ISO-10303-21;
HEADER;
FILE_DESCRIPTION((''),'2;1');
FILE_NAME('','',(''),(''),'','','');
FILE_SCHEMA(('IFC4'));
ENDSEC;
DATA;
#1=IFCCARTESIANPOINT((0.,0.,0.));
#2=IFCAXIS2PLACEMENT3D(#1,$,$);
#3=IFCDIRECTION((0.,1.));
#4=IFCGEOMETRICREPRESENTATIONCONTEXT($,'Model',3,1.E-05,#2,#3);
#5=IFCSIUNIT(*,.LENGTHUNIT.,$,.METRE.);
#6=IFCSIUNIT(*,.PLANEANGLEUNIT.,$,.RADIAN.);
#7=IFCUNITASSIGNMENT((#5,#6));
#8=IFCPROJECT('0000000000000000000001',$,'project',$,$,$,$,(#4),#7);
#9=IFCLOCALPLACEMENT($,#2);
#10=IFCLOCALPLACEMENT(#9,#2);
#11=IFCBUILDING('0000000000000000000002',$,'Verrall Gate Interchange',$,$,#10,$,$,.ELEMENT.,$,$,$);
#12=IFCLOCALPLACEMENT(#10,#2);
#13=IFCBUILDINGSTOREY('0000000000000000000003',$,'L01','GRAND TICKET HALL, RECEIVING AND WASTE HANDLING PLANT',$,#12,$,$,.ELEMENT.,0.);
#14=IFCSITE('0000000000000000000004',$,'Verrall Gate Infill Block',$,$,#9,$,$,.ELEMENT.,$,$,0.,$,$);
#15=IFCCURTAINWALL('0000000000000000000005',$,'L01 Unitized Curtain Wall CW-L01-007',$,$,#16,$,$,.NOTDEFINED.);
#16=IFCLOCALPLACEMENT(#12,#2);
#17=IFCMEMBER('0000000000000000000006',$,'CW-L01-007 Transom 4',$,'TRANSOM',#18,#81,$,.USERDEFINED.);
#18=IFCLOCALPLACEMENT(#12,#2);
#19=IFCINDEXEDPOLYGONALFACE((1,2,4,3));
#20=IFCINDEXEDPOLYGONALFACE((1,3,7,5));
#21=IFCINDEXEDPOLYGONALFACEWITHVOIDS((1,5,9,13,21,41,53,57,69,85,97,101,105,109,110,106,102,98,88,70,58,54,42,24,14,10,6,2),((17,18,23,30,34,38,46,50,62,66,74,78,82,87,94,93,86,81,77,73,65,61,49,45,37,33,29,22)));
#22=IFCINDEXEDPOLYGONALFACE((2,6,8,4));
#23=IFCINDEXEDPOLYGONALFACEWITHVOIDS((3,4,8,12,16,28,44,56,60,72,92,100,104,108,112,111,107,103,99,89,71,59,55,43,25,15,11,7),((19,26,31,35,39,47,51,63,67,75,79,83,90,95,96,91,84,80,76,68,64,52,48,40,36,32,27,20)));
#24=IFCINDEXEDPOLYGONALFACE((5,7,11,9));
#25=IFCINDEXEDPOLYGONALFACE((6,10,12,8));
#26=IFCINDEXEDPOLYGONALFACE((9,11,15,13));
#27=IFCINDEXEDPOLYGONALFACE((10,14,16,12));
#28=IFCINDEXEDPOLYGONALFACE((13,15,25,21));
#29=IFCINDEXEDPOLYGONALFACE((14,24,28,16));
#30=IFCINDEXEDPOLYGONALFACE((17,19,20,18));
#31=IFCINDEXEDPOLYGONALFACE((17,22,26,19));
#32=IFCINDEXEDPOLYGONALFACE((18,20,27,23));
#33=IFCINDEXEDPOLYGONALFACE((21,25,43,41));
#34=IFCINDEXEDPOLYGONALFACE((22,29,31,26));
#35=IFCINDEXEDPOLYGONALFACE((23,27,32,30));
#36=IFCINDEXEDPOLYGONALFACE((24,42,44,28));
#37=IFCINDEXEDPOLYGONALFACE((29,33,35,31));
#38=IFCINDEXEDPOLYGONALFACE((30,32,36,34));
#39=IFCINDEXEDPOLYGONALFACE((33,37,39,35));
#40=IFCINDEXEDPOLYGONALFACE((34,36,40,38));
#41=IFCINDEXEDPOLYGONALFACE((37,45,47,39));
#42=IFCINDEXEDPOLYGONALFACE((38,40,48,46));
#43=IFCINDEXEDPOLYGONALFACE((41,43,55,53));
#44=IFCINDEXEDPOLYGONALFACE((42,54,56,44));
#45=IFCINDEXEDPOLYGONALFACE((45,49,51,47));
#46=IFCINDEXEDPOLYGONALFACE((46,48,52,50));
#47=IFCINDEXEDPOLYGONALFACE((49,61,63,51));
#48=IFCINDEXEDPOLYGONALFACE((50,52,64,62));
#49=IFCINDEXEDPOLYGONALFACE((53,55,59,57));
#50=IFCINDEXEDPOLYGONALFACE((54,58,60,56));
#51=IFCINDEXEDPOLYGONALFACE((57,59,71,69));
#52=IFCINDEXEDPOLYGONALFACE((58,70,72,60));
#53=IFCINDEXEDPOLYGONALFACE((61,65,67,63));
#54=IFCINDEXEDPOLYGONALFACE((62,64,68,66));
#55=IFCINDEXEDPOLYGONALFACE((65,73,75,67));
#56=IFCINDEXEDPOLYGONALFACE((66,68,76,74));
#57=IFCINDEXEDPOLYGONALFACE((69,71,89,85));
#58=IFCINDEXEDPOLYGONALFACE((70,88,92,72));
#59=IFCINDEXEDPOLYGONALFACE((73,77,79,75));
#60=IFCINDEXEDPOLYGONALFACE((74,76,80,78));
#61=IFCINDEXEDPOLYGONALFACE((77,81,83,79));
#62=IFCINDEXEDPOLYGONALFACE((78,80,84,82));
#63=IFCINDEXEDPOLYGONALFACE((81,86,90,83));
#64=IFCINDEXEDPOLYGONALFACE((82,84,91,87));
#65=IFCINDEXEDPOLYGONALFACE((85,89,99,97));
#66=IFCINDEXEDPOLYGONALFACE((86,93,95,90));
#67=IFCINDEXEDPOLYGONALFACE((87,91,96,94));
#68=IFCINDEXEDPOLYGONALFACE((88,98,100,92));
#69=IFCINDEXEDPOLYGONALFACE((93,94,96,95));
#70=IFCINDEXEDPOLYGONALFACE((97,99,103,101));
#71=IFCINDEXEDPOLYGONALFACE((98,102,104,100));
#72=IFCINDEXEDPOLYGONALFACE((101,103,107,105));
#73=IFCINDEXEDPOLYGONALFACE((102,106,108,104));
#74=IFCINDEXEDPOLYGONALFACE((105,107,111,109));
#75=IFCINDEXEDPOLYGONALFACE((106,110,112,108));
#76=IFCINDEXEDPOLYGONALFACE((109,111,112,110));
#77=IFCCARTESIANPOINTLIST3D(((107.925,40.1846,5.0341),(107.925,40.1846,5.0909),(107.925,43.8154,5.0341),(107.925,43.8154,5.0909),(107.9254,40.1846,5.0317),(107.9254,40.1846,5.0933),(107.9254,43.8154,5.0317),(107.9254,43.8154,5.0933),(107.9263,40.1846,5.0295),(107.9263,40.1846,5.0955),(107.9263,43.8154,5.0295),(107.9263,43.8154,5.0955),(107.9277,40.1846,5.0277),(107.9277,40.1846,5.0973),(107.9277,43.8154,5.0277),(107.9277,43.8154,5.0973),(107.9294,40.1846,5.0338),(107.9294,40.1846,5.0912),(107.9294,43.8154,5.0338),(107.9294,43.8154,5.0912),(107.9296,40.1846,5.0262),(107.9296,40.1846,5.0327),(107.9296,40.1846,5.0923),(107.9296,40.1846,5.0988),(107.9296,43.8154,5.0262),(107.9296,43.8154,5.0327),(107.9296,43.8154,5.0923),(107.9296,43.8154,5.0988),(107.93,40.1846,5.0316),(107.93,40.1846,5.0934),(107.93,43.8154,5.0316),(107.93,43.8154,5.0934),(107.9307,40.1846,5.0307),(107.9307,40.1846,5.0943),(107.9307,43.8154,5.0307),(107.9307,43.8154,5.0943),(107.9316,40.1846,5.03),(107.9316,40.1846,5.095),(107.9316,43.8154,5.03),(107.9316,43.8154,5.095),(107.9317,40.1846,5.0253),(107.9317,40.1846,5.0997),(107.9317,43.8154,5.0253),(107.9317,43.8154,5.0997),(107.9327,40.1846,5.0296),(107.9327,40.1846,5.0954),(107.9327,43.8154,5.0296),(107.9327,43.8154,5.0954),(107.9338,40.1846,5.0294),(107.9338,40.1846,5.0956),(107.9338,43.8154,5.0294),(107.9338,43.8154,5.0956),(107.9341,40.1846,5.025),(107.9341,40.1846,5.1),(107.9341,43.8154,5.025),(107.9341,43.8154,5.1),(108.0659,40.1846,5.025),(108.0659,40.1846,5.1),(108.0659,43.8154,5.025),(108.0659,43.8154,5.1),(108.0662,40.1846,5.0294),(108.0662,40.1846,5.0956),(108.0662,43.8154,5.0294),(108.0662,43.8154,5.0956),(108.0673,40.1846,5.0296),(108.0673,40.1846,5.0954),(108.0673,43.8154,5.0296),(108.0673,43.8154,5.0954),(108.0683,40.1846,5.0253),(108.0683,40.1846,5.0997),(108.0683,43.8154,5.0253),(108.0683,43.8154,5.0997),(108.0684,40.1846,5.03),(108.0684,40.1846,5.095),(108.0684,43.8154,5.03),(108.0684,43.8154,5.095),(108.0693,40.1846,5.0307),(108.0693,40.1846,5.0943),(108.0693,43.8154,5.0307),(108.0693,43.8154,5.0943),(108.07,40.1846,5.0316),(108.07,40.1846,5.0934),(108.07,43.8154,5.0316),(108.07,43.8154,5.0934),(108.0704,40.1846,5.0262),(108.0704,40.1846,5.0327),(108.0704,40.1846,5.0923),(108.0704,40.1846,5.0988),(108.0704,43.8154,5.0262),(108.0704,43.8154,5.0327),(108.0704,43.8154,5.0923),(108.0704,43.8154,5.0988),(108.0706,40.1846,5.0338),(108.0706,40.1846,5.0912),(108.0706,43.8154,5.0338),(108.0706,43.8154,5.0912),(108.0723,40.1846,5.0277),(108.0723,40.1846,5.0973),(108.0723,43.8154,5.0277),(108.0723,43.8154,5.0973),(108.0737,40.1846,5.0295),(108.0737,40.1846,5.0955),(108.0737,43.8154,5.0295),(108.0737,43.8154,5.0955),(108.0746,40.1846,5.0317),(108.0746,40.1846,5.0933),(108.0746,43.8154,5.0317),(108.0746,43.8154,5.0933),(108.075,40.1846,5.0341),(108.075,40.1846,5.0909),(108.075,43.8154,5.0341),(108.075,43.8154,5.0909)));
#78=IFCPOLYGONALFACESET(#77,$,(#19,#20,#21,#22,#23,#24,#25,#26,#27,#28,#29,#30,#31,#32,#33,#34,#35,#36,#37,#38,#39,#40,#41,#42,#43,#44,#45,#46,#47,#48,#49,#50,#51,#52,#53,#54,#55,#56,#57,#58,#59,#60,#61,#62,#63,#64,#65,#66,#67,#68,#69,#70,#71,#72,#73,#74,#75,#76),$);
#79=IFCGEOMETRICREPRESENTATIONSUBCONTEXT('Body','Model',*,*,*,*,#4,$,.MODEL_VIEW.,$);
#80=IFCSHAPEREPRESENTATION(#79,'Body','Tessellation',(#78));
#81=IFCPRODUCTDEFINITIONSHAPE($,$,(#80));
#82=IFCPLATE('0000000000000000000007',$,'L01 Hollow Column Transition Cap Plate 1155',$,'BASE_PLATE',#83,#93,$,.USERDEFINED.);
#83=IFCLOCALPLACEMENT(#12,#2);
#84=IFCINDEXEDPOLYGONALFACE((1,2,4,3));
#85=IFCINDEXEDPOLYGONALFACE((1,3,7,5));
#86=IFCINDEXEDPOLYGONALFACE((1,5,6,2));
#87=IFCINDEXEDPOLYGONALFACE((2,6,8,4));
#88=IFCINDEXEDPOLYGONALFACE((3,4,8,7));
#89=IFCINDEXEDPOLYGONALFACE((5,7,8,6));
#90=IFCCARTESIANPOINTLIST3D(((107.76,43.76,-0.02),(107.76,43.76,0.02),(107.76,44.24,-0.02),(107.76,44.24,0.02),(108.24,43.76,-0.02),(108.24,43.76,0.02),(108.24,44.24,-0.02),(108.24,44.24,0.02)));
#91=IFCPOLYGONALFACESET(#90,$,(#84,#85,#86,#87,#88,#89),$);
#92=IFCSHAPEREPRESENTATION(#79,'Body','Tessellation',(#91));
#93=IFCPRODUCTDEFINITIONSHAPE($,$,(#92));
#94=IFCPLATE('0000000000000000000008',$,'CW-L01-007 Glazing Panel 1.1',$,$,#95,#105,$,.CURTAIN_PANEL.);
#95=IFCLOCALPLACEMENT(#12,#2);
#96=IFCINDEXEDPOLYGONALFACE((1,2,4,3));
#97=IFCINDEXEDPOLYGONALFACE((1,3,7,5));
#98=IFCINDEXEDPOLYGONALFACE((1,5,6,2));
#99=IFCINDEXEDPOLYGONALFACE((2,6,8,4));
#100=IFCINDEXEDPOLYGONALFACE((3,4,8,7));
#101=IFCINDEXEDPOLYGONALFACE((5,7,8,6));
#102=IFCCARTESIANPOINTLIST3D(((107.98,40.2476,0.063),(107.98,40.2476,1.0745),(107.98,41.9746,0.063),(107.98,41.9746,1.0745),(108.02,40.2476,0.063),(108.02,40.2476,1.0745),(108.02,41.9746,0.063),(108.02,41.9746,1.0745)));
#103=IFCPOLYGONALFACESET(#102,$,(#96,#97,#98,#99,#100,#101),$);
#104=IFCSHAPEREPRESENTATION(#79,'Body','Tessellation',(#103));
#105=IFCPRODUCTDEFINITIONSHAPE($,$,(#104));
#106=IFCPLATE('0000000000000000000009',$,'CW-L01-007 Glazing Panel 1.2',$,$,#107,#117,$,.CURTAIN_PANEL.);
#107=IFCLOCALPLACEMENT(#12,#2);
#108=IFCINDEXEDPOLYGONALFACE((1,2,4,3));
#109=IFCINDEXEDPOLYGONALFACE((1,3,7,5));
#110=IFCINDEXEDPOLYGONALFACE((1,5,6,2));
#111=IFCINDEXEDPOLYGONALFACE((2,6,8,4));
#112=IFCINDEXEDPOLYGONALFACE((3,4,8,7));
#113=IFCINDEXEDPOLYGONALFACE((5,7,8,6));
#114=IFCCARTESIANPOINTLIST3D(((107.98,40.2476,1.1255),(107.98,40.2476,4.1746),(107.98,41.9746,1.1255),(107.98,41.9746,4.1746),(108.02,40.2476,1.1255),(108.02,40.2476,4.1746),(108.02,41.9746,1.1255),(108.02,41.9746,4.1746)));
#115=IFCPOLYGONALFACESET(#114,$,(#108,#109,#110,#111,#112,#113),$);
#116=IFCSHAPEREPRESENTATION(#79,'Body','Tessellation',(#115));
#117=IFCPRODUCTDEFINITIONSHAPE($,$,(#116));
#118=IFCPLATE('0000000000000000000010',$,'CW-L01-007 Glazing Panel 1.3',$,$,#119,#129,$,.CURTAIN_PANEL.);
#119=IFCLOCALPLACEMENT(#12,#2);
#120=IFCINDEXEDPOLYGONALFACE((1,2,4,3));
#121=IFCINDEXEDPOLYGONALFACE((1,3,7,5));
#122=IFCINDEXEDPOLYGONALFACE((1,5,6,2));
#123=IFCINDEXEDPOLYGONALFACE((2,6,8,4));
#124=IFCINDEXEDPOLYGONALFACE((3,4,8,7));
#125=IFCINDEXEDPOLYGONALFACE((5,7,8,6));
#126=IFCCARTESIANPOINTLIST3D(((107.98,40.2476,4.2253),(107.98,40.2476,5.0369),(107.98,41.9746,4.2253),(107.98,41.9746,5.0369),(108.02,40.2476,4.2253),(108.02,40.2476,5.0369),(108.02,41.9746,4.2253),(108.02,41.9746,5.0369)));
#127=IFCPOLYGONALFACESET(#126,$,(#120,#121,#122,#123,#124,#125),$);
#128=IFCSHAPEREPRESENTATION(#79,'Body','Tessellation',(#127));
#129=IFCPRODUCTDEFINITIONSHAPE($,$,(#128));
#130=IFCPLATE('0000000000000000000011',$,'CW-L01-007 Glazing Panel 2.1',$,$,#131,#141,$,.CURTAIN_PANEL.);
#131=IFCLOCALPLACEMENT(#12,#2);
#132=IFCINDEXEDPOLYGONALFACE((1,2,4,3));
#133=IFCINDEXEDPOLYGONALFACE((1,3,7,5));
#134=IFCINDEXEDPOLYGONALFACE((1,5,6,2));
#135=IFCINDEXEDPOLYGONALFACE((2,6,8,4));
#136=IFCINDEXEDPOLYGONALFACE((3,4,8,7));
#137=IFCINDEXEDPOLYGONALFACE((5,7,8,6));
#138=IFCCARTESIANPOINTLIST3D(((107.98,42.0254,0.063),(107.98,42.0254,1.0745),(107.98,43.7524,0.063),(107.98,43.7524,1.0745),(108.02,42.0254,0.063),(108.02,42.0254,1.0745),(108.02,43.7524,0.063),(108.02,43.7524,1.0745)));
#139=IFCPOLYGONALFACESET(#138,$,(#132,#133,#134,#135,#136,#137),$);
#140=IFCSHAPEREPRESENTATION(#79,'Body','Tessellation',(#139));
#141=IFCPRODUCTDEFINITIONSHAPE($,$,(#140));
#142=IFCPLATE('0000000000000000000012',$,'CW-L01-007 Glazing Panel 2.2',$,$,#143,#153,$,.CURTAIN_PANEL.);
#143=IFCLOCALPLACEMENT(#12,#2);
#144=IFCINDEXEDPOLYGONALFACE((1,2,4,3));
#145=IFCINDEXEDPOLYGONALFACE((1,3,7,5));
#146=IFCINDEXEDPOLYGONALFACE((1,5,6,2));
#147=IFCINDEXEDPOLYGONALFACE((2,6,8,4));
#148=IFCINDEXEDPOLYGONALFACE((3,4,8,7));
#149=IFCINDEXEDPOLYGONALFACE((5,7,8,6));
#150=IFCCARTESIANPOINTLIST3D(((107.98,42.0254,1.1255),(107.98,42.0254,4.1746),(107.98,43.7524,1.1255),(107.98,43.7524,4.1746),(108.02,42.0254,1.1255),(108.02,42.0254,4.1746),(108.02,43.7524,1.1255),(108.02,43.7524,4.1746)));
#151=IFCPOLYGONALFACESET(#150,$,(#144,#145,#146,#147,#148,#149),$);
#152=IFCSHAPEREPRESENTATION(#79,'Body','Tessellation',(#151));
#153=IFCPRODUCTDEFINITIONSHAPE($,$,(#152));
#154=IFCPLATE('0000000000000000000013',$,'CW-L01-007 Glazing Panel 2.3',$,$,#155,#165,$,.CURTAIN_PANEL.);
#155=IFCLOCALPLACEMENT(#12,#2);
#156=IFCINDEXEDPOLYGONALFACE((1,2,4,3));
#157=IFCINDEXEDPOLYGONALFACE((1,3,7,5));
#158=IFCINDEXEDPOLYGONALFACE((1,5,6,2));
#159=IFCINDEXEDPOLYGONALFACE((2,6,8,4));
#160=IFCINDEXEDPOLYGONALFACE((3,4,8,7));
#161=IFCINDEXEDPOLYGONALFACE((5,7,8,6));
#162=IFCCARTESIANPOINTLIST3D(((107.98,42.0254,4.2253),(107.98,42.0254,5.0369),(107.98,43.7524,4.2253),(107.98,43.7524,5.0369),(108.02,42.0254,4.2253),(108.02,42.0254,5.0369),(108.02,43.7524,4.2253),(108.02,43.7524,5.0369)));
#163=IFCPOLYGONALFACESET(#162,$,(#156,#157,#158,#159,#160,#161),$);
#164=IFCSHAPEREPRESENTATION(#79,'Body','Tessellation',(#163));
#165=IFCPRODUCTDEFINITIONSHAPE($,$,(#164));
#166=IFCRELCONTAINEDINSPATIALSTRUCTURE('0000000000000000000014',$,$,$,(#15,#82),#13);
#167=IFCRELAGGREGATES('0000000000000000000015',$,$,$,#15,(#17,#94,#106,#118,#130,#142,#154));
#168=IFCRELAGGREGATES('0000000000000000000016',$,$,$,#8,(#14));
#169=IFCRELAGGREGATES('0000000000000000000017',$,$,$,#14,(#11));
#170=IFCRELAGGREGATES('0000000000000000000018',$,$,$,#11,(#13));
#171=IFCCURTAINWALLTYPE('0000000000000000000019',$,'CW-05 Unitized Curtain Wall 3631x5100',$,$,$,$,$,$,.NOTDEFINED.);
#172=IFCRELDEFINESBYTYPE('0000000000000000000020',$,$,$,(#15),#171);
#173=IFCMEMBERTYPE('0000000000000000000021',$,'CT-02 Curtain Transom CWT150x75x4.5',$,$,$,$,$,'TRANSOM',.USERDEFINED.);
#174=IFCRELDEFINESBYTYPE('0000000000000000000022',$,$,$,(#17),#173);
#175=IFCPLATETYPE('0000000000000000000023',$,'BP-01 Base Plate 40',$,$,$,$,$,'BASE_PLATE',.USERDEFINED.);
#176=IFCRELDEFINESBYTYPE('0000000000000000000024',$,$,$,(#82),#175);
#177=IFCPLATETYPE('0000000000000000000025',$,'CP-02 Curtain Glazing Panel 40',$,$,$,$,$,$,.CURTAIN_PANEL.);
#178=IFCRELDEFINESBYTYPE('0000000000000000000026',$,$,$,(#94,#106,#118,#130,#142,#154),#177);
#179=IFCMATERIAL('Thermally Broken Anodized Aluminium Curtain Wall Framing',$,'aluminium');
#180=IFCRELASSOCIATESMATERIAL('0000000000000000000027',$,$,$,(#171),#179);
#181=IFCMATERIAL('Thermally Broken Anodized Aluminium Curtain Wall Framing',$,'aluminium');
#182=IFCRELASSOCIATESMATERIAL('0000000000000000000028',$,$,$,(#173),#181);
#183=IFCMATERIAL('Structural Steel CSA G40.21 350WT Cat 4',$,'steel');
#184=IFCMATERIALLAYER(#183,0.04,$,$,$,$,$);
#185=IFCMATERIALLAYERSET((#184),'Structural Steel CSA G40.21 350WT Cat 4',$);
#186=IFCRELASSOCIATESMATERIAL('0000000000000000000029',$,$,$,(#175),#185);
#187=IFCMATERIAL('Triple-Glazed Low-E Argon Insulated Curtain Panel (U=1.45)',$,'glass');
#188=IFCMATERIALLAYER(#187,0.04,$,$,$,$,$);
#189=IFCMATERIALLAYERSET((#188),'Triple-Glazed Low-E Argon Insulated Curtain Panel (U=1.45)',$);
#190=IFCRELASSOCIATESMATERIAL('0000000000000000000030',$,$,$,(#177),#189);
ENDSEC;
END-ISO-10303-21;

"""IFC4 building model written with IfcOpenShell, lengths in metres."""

from ifc_helpers import new_model, si_unit, direction, frame, origin, origin_2d, place, context, subcontext, project, spatial, rectangle, hollow_rectangle, extrude, material, layer, layer_set, material_profile, profile_set, type_object, element, aggregate, save


model = new_model("IFC4")

# Units and contexts
model_context = context("Model", 3, precision=1e-05, world=origin(), true_north=direction((0.0, 1.0)))
body_context = subcontext(model_context, "Body", "Model", "MODEL_VIEW")
ifc_project = project(units=[si_unit("LENGTHUNIT", "METRE"), si_unit("PLANEANGLEUNIT", "RADIAN")], contexts=[model_context])

# Site, building, storey
site_placement = place(None, origin())
site = spatial("IfcSite", under=ifc_project, at=site_placement, Name="Verrall Gate Infill Block", CompositionType="ELEMENT", RefElevation=0.0)
building_placement = place(site_placement, origin())
building = spatial("IfcBuilding", under=site, at=building_placement, Name="Verrall Gate Interchange", CompositionType="ELEMENT")
storey_placement = place(building_placement, origin())
storey = spatial("IfcBuildingStorey", under=building, at=storey_placement, Name="L01", Description="GRAND TICKET HALL, RECEIVING AND WASTE HANDLING PLANT", CompositionType="ELEMENT", Elevation=0.0)

# Curtain wall, member
ifc_material_1 = material(Name="Thermally Broken Anodized Aluminium Curtain Wall Framing", Category="aluminium")
curtain_wall_type = type_object("IfcCurtainWallType", Name="CW-05 Unitized Curtain Wall 3631x5100", PredefinedType="NOTDEFINED", material=ifc_material_1)
curtain_wall_placement = place(storey_placement, origin())
curtain_wall = element("IfcCurtainWall", 1, at=curtain_wall_placement, inside=storey, type_object=curtain_wall_type, Name="L01 Unitized Curtain Wall CW-L01-007", PredefinedType="NOTDEFINED")
ifc_material_2 = material(Name="Thermally Broken Anodized Aluminium Curtain Wall Framing", Category="aluminium")
ifc_material_profile_1 = material_profile(ifc_material_2, hollow_rectangle(XDim=0.1499, YDim=0.075, WallThickness=0.0044, InnerFilletRadius=0.0044, OuterFilletRadius=0.009, at=origin_2d()), Name="CWT150x75x4.5")
ifc_profile_set_1 = profile_set([ifc_material_profile_1], Name="Thermally Broken Anodized Aluminium Curtain Wall Framing")
member_type_1 = type_object("IfcMemberType", Name="CT-02 Curtain Transom CWT150x75x4.5", ElementType="TRANSOM", PredefinedType="USERDEFINED", material=ifc_profile_set_1)
member_1_placement = place(storey_placement, frame((108.0, 40.1846, 5.0625), z_axis=(0.0, 1.0, 0.0), x_axis=(-1.0, 0.0, 0.0)))
member_1 = element("IfcMember", 2, at=member_1_placement, type_object=member_type_1, Name="CW-L01-007 Transom 4", ObjectType="TRANSOM", PredefinedType="USERDEFINED", context=body_context, shape_type="SweptSolid", body=[
    extrude(hollow_rectangle(XDim=0.1499, YDim=0.075, WallThickness=0.0044, InnerFilletRadius=0.0044, OuterFilletRadius=0.009, at=origin_2d()), origin(), (0.0, 0.0, 1.0), 3.6309),
])

# Plates
ifc_material_3 = material(Name="Structural Steel CSA G40.21 350WT Cat 4", Category="steel")
ifc_layer_1 = layer(ifc_material_3, 0.04)
ifc_layer_set_1 = layer_set([ifc_layer_1], Name="Structural Steel CSA G40.21 350WT Cat 4")
plate_type_1 = type_object("IfcPlateType", Name="BP-01 Base Plate 40", ElementType="BASE_PLATE", PredefinedType="USERDEFINED", material=ifc_layer_set_1)
plate_1_placement = place(storey_placement, frame((108.0, 44.0, -0.02), z_axis=(0.0, 0.0, 1.0), x_axis=(1.0, 0.0, 0.0)))
element("IfcPlate", 3, at=plate_1_placement, inside=storey, type_object=plate_type_1, Name="L01 Hollow Column Transition Cap Plate 1155", ObjectType="BASE_PLATE", PredefinedType="USERDEFINED", context=body_context, shape_type="SweptSolid", body=[
    extrude(rectangle(XDim=0.48, YDim=0.48, at=origin_2d()), origin(), (0.0, 0.0, 1.0), 0.04),
])
ifc_material_4 = material(Name="Triple-Glazed Low-E Argon Insulated Curtain Panel (U=1.45)", Category="glass")
ifc_layer_2 = layer(ifc_material_4, 0.04)
ifc_layer_set_2 = layer_set([ifc_layer_2], Name="Triple-Glazed Low-E Argon Insulated Curtain Panel (U=1.45)")
plate_type_2 = type_object("IfcPlateType", Name="CP-02 Curtain Glazing Panel 40", PredefinedType="CURTAIN_PANEL", material=ifc_layer_set_2)
plate_2_placement = place(storey_placement, frame((108.0, 41.1111, 0.063), z_axis=(0.0, 0.0, 1.0), x_axis=(0.0, 1.0, 0.0)))
plate_2 = element("IfcPlate", 4, at=plate_2_placement, type_object=plate_type_2, Name="CW-L01-007 Glazing Panel 1.1", PredefinedType="CURTAIN_PANEL", context=body_context, shape_type="SweptSolid", body=[
    extrude(rectangle(XDim=1.7271, YDim=0.04, at=origin_2d()), origin(), (0.0, 0.0, 1.0), 1.0115),
])
plate_3_placement = place(storey_placement, frame((108.0, 41.1111, 1.1255), z_axis=(0.0, 0.0, 1.0), x_axis=(0.0, 1.0, 0.0)))
plate_3 = element("IfcPlate", 5, at=plate_3_placement, type_object=plate_type_2, Name="CW-L01-007 Glazing Panel 1.2", PredefinedType="CURTAIN_PANEL", context=body_context, shape_type="SweptSolid", body=[
    extrude(rectangle(XDim=1.7271, YDim=0.04, at=origin_2d()), origin(), (0.0, 0.0, 1.0), 3.0491),
])
plate_4_placement = place(storey_placement, frame((108.0, 41.1111, 4.2253), z_axis=(0.0, 0.0, 1.0), x_axis=(0.0, 1.0, 0.0)))
plate_4 = element("IfcPlate", 6, at=plate_4_placement, type_object=plate_type_2, Name="CW-L01-007 Glazing Panel 1.3", PredefinedType="CURTAIN_PANEL", context=body_context, shape_type="SweptSolid", body=[
    extrude(rectangle(XDim=1.7271, YDim=0.04, at=origin_2d()), origin(), (0.0, 0.0, 1.0), 0.8115),
])
plate_5_placement = place(storey_placement, frame((108.0, 42.8889, 0.063), z_axis=(0.0, 0.0, 1.0), x_axis=(0.0, 1.0, 0.0)))
plate_5 = element("IfcPlate", 7, at=plate_5_placement, type_object=plate_type_2, Name="CW-L01-007 Glazing Panel 2.1", PredefinedType="CURTAIN_PANEL", context=body_context, shape_type="SweptSolid", body=[
    extrude(rectangle(XDim=1.7271, YDim=0.04, at=origin_2d()), origin(), (0.0, 0.0, 1.0), 1.0115),
])
plate_6_placement = place(storey_placement, frame((108.0, 42.8889, 1.1255), z_axis=(0.0, 0.0, 1.0), x_axis=(0.0, 1.0, 0.0)))
plate_6 = element("IfcPlate", 8, at=plate_6_placement, type_object=plate_type_2, Name="CW-L01-007 Glazing Panel 2.2", PredefinedType="CURTAIN_PANEL", context=body_context, shape_type="SweptSolid", body=[
    extrude(rectangle(XDim=1.7271, YDim=0.04, at=origin_2d()), origin(), (0.0, 0.0, 1.0), 3.0491),
])
plate_7_placement = place(storey_placement, frame((108.0, 42.8889, 4.2253), z_axis=(0.0, 0.0, 1.0), x_axis=(0.0, 1.0, 0.0)))
plate_7 = element("IfcPlate", 9, at=plate_7_placement, type_object=plate_type_2, Name="CW-L01-007 Glazing Panel 2.3", PredefinedType="CURTAIN_PANEL", context=body_context, shape_type="SweptSolid", body=[
    extrude(rectangle(XDim=1.7271, YDim=0.04, at=origin_2d()), origin(), (0.0, 0.0, 1.0), 0.8115),
])
aggregate(curtain_wall, [member_1, plate_2, plate_3, plate_4, plate_5, plate_6, plate_7])

save(model, "model.ifc")
